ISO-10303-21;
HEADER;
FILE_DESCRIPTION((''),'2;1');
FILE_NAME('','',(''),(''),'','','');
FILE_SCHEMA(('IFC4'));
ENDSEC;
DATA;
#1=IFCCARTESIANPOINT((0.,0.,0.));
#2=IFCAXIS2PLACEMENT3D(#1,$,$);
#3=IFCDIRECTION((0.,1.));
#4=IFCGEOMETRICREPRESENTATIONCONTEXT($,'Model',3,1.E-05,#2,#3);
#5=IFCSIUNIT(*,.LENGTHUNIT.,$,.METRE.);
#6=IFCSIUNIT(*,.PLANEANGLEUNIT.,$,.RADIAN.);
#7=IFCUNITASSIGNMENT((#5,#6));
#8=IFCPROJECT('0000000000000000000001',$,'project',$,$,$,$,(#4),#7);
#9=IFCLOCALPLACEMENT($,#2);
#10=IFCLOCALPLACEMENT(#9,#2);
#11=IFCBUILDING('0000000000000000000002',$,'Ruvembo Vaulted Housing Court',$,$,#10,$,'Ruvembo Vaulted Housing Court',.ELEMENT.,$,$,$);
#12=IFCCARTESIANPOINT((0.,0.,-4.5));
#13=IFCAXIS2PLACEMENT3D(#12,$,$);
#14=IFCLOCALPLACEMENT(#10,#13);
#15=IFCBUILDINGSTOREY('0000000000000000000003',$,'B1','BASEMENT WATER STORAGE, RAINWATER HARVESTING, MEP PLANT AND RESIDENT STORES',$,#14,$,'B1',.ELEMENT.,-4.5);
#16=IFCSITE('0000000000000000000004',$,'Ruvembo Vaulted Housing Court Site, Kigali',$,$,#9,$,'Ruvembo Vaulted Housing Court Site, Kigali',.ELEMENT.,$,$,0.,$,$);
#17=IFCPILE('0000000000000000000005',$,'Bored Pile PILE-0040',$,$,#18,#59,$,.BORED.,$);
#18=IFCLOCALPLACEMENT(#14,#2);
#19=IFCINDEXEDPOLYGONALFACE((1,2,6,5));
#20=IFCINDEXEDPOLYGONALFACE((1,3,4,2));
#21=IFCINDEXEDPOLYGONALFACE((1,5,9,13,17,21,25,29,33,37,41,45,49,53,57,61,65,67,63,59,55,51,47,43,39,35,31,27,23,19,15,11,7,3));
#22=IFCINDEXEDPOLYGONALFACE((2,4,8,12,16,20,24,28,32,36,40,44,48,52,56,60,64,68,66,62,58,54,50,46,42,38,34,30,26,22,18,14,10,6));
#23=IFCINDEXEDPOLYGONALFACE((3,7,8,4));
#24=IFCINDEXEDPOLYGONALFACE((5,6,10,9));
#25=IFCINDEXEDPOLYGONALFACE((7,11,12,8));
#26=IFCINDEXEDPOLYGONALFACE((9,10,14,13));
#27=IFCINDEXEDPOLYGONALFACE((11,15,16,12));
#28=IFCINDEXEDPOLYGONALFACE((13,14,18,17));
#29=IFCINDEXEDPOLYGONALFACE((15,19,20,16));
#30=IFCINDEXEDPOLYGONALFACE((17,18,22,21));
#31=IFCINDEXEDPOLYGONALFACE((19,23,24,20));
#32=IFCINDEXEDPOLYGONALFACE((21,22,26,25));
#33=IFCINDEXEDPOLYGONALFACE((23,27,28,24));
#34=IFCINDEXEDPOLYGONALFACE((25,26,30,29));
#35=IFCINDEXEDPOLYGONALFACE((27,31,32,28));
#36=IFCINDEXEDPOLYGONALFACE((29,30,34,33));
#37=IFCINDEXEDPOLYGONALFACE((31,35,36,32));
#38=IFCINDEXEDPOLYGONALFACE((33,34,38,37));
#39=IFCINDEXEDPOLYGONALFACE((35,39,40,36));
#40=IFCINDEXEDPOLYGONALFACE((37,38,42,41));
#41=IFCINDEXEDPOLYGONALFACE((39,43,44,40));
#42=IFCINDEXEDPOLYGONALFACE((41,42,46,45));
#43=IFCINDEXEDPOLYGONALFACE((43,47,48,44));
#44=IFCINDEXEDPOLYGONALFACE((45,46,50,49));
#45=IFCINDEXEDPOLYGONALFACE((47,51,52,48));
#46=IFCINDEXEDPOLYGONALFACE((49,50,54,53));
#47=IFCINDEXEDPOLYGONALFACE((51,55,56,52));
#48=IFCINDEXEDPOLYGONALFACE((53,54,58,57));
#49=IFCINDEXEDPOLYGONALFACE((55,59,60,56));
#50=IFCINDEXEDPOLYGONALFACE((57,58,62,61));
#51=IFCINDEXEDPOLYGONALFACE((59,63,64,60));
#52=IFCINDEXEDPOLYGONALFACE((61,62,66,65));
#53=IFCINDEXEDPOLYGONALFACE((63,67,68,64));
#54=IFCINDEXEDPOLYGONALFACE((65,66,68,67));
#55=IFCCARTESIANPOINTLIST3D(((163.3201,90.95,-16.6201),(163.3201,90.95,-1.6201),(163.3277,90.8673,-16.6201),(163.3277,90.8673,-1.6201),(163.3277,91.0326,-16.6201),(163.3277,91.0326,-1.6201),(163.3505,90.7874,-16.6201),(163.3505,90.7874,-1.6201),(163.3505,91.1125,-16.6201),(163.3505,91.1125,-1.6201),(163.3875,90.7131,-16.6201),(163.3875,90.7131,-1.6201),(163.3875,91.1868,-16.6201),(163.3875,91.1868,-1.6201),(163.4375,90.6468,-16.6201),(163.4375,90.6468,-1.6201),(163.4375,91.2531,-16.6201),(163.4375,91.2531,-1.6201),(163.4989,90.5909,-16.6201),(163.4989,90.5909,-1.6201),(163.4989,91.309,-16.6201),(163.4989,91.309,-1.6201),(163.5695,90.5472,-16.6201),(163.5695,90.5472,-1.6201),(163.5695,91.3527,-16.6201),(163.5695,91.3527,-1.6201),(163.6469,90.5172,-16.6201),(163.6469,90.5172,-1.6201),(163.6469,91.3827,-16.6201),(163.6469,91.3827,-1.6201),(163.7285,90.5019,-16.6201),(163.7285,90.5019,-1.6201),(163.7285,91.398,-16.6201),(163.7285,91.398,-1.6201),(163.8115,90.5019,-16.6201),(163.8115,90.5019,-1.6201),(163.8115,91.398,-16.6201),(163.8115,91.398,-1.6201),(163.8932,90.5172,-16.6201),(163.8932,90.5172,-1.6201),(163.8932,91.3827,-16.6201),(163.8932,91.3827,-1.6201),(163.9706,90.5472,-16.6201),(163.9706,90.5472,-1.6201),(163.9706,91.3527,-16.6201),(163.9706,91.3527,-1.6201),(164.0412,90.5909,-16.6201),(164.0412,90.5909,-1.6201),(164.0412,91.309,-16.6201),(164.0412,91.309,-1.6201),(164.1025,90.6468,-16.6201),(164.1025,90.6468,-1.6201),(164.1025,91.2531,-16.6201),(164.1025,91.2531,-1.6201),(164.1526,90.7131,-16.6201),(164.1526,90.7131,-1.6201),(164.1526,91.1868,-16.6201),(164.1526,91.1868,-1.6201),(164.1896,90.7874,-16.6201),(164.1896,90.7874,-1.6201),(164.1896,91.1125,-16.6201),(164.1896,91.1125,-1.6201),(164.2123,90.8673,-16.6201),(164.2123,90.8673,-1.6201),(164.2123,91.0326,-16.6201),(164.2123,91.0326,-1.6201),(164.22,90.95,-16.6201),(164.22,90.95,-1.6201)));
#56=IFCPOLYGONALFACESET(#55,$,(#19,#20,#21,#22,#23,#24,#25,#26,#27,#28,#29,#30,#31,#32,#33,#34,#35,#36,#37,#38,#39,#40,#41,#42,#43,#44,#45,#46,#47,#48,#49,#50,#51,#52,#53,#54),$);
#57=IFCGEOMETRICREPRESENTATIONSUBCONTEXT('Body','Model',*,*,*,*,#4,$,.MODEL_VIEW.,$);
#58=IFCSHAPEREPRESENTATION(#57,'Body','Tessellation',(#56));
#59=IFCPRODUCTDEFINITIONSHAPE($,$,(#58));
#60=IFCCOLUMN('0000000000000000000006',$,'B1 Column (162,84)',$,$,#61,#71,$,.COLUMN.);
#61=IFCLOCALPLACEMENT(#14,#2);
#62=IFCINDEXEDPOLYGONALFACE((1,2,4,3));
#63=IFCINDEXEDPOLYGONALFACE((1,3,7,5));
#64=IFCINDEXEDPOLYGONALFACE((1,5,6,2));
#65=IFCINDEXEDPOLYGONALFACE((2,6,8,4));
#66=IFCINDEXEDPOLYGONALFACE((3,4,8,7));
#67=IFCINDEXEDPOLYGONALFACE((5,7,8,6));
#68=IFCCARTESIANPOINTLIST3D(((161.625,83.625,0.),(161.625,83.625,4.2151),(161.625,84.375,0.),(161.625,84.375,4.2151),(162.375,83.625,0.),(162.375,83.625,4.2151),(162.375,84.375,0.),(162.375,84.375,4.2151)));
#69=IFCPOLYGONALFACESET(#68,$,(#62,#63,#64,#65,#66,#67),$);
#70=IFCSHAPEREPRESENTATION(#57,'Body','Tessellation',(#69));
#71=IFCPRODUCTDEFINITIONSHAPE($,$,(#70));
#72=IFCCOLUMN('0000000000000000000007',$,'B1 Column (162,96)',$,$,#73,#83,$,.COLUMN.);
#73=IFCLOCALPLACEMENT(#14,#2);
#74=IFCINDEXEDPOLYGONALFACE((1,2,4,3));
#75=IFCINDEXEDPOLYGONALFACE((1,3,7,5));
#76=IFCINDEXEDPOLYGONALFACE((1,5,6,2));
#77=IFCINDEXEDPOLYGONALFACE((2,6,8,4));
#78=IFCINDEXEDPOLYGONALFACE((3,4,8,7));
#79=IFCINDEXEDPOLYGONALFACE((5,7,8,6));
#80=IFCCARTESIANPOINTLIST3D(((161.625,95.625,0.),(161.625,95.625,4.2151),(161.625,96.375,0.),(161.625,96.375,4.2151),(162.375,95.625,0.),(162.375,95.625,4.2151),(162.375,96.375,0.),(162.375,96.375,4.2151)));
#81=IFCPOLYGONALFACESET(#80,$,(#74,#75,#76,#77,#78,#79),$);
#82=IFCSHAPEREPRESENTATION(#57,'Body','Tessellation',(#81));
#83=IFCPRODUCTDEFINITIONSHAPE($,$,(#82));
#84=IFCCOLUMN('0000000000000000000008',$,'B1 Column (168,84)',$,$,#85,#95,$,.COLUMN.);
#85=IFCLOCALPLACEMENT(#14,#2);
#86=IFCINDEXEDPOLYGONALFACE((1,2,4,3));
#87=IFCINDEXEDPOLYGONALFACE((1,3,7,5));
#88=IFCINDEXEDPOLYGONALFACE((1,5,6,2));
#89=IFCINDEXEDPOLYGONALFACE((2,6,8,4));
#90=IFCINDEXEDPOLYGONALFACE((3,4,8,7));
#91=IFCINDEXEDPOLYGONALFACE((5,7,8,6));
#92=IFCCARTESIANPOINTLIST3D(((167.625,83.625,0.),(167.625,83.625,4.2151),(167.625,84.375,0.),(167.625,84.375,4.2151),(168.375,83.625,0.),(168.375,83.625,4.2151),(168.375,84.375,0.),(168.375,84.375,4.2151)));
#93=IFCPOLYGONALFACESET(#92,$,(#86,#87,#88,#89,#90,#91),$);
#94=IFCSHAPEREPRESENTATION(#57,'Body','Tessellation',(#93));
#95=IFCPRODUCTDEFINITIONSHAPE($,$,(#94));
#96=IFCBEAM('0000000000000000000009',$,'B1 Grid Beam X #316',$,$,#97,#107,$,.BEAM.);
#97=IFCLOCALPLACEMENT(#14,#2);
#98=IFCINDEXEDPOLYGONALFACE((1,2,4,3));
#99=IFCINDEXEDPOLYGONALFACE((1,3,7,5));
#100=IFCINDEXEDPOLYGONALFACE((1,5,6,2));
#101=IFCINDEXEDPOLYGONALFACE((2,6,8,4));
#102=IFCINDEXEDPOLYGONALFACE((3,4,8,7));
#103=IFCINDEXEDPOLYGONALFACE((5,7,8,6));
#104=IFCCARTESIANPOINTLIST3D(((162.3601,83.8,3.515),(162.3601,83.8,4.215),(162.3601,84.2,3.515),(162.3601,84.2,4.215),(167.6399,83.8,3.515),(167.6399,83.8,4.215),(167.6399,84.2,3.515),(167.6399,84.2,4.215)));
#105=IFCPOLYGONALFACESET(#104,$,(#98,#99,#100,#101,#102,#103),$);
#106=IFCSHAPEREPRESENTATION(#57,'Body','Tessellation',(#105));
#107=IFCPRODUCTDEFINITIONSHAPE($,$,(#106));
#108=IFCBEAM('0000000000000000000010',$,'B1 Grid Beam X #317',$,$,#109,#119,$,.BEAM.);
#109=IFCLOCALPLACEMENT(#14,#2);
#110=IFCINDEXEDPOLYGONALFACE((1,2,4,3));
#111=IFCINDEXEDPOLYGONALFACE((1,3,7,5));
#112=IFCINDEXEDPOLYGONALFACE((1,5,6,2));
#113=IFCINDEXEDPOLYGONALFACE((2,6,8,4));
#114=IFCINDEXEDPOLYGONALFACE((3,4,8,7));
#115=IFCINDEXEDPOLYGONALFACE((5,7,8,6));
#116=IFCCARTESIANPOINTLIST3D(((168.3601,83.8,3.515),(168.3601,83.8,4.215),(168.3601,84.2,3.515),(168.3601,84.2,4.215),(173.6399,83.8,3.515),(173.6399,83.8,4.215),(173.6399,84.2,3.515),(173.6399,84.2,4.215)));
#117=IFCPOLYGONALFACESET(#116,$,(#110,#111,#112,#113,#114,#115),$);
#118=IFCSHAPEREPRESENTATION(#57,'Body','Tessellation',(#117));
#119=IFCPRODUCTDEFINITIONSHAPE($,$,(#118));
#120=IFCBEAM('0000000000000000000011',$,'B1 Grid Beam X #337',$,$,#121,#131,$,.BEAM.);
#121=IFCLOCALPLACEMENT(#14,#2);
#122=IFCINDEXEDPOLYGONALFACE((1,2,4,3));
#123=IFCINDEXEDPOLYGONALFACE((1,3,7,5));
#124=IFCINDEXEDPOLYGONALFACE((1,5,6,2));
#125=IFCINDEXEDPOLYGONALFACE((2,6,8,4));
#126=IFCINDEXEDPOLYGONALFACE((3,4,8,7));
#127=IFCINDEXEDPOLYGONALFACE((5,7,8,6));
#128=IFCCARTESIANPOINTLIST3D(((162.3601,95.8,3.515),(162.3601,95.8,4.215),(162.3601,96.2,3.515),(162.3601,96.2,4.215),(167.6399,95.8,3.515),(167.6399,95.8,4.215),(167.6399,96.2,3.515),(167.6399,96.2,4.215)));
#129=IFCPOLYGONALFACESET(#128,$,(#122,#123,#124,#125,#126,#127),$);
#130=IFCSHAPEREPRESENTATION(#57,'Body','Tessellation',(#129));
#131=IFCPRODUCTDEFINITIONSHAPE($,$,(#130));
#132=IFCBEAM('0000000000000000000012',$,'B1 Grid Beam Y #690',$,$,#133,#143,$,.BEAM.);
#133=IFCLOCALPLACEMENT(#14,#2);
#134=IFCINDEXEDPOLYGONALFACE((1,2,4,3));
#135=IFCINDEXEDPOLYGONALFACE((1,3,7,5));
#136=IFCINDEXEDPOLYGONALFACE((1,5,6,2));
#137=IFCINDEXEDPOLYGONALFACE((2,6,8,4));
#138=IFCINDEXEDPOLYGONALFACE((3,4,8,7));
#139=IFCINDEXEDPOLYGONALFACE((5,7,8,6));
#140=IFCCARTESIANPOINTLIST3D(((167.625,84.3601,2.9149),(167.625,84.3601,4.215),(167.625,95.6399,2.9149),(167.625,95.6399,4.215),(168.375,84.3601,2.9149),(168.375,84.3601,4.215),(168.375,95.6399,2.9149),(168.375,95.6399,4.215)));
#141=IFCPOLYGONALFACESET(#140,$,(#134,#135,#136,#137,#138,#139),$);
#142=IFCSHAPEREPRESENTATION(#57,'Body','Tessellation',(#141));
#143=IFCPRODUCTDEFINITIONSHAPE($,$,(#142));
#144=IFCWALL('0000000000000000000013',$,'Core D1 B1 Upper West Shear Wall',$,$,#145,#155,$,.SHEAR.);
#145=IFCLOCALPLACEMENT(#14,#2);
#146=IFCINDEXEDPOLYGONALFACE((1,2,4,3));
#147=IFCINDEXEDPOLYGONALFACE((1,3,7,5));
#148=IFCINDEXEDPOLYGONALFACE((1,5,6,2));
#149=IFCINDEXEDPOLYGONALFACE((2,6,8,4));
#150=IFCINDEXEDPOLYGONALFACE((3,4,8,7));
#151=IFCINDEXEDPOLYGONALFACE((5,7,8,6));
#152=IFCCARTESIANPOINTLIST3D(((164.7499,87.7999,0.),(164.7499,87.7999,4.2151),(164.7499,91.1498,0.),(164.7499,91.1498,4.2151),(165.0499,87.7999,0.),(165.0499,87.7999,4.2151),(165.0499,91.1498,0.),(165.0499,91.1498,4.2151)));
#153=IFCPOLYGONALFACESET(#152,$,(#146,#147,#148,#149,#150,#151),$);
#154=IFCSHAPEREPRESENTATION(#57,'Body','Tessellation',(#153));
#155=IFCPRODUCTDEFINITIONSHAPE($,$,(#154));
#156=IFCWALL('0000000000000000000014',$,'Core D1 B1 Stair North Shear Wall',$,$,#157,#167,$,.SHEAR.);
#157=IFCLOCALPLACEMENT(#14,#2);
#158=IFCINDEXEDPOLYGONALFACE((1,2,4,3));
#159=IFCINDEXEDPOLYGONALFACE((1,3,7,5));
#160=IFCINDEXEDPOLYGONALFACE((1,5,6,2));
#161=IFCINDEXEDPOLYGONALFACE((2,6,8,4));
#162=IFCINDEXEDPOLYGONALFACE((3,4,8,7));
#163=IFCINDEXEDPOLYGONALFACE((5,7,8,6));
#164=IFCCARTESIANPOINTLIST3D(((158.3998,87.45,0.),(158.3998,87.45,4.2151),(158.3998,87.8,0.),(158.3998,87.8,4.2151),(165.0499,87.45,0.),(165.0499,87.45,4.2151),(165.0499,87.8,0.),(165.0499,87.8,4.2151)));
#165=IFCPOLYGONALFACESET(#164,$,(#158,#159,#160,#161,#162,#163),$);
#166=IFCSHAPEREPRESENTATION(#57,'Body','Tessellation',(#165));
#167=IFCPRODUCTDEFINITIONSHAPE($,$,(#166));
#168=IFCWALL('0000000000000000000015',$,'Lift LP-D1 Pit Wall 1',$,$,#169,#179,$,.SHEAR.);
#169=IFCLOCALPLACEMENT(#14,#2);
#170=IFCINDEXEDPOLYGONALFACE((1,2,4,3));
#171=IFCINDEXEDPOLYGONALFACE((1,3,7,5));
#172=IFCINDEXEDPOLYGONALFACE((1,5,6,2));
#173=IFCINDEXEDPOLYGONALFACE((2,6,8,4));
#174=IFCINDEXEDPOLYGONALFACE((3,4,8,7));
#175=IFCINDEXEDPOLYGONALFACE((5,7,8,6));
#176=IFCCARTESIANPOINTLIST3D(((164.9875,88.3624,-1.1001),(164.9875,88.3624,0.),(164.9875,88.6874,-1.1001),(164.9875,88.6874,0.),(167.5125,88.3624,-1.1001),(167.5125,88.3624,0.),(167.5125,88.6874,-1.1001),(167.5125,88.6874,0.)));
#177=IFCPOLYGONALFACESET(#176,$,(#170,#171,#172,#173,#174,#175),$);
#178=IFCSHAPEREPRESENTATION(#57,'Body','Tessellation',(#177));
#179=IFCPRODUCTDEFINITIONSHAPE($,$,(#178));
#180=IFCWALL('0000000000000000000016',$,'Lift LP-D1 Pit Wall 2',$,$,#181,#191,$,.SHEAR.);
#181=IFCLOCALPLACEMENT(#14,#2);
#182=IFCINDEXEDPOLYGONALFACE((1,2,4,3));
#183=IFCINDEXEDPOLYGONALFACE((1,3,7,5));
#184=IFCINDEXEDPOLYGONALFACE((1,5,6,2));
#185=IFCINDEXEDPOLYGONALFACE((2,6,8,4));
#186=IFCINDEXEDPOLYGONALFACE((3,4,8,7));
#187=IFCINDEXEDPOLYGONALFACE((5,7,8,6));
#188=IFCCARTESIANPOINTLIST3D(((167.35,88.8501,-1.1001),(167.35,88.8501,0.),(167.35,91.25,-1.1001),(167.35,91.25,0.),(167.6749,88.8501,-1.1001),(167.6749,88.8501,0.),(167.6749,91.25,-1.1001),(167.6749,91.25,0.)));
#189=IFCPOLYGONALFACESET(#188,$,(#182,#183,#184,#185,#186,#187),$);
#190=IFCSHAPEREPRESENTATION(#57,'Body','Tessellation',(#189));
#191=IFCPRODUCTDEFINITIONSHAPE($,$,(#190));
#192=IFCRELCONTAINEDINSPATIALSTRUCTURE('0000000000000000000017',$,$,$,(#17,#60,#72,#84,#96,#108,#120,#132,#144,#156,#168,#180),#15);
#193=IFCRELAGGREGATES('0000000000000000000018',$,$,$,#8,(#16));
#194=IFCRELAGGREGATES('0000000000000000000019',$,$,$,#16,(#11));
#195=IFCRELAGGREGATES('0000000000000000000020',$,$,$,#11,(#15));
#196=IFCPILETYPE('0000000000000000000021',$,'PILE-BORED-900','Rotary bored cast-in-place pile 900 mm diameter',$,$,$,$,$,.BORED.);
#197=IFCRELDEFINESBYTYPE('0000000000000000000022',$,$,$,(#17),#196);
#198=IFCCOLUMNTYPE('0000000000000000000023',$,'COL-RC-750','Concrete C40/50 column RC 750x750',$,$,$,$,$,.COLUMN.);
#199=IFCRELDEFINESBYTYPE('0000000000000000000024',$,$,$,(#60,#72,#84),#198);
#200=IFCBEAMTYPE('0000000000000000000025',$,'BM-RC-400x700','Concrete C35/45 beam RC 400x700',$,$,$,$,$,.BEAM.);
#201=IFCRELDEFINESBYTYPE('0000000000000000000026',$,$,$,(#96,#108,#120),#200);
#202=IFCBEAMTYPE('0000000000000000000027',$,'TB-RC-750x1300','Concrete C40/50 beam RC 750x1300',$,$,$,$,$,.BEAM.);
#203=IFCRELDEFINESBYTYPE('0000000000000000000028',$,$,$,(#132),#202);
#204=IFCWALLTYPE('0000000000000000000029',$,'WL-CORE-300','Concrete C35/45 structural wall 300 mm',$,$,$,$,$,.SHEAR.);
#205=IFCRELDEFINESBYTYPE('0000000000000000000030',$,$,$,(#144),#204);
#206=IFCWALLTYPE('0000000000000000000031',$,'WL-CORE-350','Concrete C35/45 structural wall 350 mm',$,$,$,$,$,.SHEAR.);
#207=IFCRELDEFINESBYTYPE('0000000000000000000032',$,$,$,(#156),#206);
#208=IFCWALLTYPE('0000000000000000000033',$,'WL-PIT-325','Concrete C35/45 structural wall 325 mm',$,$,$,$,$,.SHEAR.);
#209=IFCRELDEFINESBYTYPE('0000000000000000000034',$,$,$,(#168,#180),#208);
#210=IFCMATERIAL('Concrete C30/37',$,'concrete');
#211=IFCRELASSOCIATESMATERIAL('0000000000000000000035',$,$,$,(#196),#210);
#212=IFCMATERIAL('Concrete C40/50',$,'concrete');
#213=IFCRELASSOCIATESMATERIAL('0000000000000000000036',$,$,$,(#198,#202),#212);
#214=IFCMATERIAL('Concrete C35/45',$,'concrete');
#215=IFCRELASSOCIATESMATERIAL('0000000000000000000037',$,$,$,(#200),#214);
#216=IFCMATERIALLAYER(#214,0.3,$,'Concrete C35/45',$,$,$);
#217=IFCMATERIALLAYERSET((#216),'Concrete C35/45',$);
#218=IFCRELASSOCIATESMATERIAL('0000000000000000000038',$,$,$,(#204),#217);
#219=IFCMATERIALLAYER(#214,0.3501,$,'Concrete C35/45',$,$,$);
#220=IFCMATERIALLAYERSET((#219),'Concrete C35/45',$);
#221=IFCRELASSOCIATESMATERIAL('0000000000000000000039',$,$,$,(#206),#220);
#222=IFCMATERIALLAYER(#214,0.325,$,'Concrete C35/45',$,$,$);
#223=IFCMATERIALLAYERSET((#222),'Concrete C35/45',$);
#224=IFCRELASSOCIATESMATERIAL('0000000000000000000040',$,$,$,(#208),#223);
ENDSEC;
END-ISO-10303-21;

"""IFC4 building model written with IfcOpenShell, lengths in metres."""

from ifc_helpers import new_model, si_unit, direction, frame, frame_2d, origin, origin_2d, place, context, subcontext, project, spatial, rectangle, circle, extrude, material, layer, layer_set, material_profile, profile_set, type_object, element, save


model = new_model("IFC4")

# Units and contexts
model_context = context("Model", 3, precision=1e-05, world=origin(), true_north=direction((0.0, 1.0)))
body_context = subcontext(model_context, "Body", "Model", "MODEL_VIEW")
ifc_project = project(units=[si_unit("LENGTHUNIT", "METRE"), si_unit("PLANEANGLEUNIT", "RADIAN")], contexts=[model_context])

# Site, building, storey
site_placement = place(None, origin())
site = spatial("IfcSite", under=ifc_project, at=site_placement, Name="Ruvembo Vaulted Housing Court Site, Kigali", LongName="Ruvembo Vaulted Housing Court Site, Kigali", CompositionType="ELEMENT", RefElevation=0.0)
building_placement = place(site_placement, origin())
building = spatial("IfcBuilding", under=site, at=building_placement, Name="Ruvembo Vaulted Housing Court", LongName="Ruvembo Vaulted Housing Court", CompositionType="ELEMENT")
storey_placement = place(building_placement, frame((0.0, 0.0, -4.5)))
storey = spatial("IfcBuildingStorey", under=building, at=storey_placement, Name="B1", Description="BASEMENT WATER STORAGE, RAINWATER HARVESTING, MEP PLANT AND RESIDENT STORES", LongName="B1", CompositionType="ELEMENT", Elevation=-4.5)

# Shared definitions
ifc_material_1 = material(Name="Concrete C35/45", Category="concrete")

# Pile
ifc_material_2 = material(Name="Concrete C30/37", Category="concrete")
ifc_material_profile_1 = material_profile(ifc_material_2, circle(Radius=0.45, at=origin_2d()), Name="PILE D900")
ifc_profile_set_1 = profile_set([ifc_material_profile_1], Name="Concrete C30/37")
pile_type_1 = type_object("IfcPileType", Name="PILE-BORED-900", Description="Rotary bored cast-in-place pile 900 mm diameter", PredefinedType="BORED", material=ifc_profile_set_1)
for number, where, z_axis, x_axis, name in (
    (1, (163.77, 90.95, -1.6201), (0.0, 0.0, -1.0), (1.0, 0.0, 0.0), "Bored Pile PILE-0040"),
):
    element("IfcPile", number, at=place(storey_placement, frame(where, z_axis=z_axis, x_axis=x_axis)), inside=storey, type_object=pile_type_1, Name=name, PredefinedType="BORED", context=body_context, shape_type="SweptSolid", body=[
        extrude(circle(Radius=0.45, at=origin_2d()), origin(), (0.0, 0.0, 1.0), 15.0),
    ])

# Columns
ifc_material_3 = material(Name="Concrete C40/50", Category="concrete")
ifc_material_profile_2 = material_profile(ifc_material_3, rectangle(XDim=0.75, YDim=0.75, at=origin_2d()), Name="RC 750x750")
ifc_profile_set_2 = profile_set([ifc_material_profile_2], Name="Concrete C40/50")
column_type = type_object("IfcColumnType", Name="COL-RC-750", Description="Concrete C40/50 column RC 750x750", PredefinedType="COLUMN", material=ifc_profile_set_2)
for number, where, z_axis, x_axis, name in (
    (2, (162.0, 84.0, 0.0), (0.0, 0.0, 1.0), (1.0, 0.0, 0.0), "B1 Column (162,84)"),
    (3, (162.0, 96.0, 0.0), (0.0, 0.0, 1.0), (1.0, 0.0, 0.0), "B1 Column (162,96)"),
    (4, (168.0, 84.0, 0.0), (0.0, 0.0, 1.0), (1.0, 0.0, 0.0), "B1 Column (168,84)"),
):
    element("IfcColumn", number, at=place(storey_placement, frame(where, z_axis=z_axis, x_axis=x_axis)), inside=storey, type_object=column_type, Name=name, PredefinedType="COLUMN", context=body_context, shape_type="SweptSolid", body=[
        extrude(rectangle(XDim=0.75, YDim=0.75, at=origin_2d()), origin(), (0.0, 0.0, 1.0), 4.2151),
    ])

# Beams
ifc_material_profile_3 = material_profile(ifc_material_1, rectangle(XDim=0.3999, YDim=0.7, at=origin_2d()), Name="RC 400x700")
ifc_profile_set_3 = profile_set([ifc_material_profile_3], Name="Concrete C35/45")
beam_type_1 = type_object("IfcBeamType", Name="BM-RC-400x700", Description="Concrete C35/45 beam RC 400x700", PredefinedType="BEAM", material=ifc_profile_set_3)
for number, where, z_axis, x_axis, name in (
    (5, (162.3601, 84.0, 3.865), (1.0, 0.0, 0.0), (0.0, 1.0, 0.0), "B1 Grid Beam X #316"),
    (6, (168.3601, 84.0, 3.865), (1.0, 0.0, 0.0), (0.0, 1.0, 0.0), "B1 Grid Beam X #317"),
    (7, (162.3601, 96.0, 3.865), (1.0, 0.0, 0.0), (0.0, 1.0, 0.0), "B1 Grid Beam X #337"),
):
    element("IfcBeam", number, at=place(storey_placement, frame(where, z_axis=z_axis, x_axis=x_axis)), inside=storey, type_object=beam_type_1, Name=name, PredefinedType="BEAM", context=body_context, shape_type="SweptSolid", body=[
        extrude(rectangle(XDim=0.3999, YDim=0.7, at=origin_2d()), origin(), (0.0, 0.0, 1.0), 5.2798),
    ])
ifc_material_profile_4 = material_profile(ifc_material_3, rectangle(XDim=0.75, YDim=1.3, at=origin_2d()), Name="RC 750x1300")
ifc_profile_set_4 = profile_set([ifc_material_profile_4], Name="Concrete C40/50")
beam_type_2 = type_object("IfcBeamType", Name="TB-RC-750x1300", Description="Concrete C40/50 beam RC 750x1300", PredefinedType="BEAM", material=ifc_profile_set_4)
beam_placement = place(storey_placement, frame((168.0, 84.3601, 3.5649), z_axis=(0.0, 1.0, 0.0), x_axis=(-1.0, 0.0, 0.0)))
element("IfcBeam", 8, at=beam_placement, inside=storey, type_object=beam_type_2, Name="B1 Grid Beam Y #690", PredefinedType="BEAM", context=body_context, shape_type="SweptSolid", body=[
    extrude(rectangle(XDim=0.75, YDim=1.3, at=origin_2d()), origin(), (0.0, 0.0, 1.0), 11.2798),
])

# Shared definitions
ifc_layer_1 = layer(ifc_material_1, 0.3, Name="Concrete C35/45")
ifc_layer_set_1 = layer_set([ifc_layer_1], Name="Concrete C35/45")
wall_type_1 = type_object("IfcWallType", Name="WL-CORE-300", Description="Concrete C35/45 structural wall 300 mm", PredefinedType="SHEAR", material=ifc_layer_set_1)

# Walls
wall_1_placement = place(storey_placement, frame((164.8999, 87.8, 0.0), z_axis=(0.0, 0.0, 1.0), x_axis=(0.0, 1.0, 0.0)))
element("IfcWall", 9, at=wall_1_placement, inside=storey, type_object=wall_type_1, Name="Core D1 B1 Upper West Shear Wall", PredefinedType="SHEAR", context=body_context, shape_type="SweptSolid", body=[
    extrude(rectangle(XDim=3.3499, YDim=0.3, at=frame_2d((1.6748, 0.0))), origin(), (0.0, 0.0, 1.0), 4.2151),
])
ifc_layer_2 = layer(ifc_material_1, 0.3501, Name="Concrete C35/45")
ifc_layer_set_2 = layer_set([ifc_layer_2], Name="Concrete C35/45")
wall_type_2 = type_object("IfcWallType", Name="WL-CORE-350", Description="Concrete C35/45 structural wall 350 mm", PredefinedType="SHEAR", material=ifc_layer_set_2)
wall_2_placement = place(storey_placement, frame((165.05, 87.625, 0.0), z_axis=(0.0, 0.0, 1.0), x_axis=(-1.0, 0.0, 0.0)))
element("IfcWall", 10, at=wall_2_placement, inside=storey, type_object=wall_type_2, Name="Core D1 B1 Stair North Shear Wall", PredefinedType="SHEAR", context=body_context, shape_type="SweptSolid", body=[
    extrude(rectangle(XDim=6.6501, YDim=0.3501, at=frame_2d((3.3252, 0.0))), origin(), (0.0, 0.0, 1.0), 4.2151),
])
ifc_layer_3 = layer(ifc_material_1, 0.325, Name="Concrete C35/45")
ifc_layer_set_3 = layer_set([ifc_layer_3], Name="Concrete C35/45")
wall_type_3 = type_object("IfcWallType", Name="WL-PIT-325", Description="Concrete C35/45 structural wall 325 mm", PredefinedType="SHEAR", material=ifc_layer_set_3)
wall_3_placement = place(storey_placement, frame((164.9875, 88.5249, -1.1001), z_axis=(0.0, 0.0, 1.0), x_axis=(1.0, 0.0, 0.0)))
element("IfcWall", 11, at=wall_3_placement, inside=storey, type_object=wall_type_3, Name="Lift LP-D1 Pit Wall 1", PredefinedType="SHEAR", context=body_context, shape_type="SweptSolid", body=[
    extrude(rectangle(XDim=2.5249, YDim=0.325, at=frame_2d((1.2625, 0.0))), origin(), (0.0, 0.0, 1.0), 1.1001),
])
wall_4_placement = place(storey_placement, frame((167.5125, 88.8501, -1.1001), z_axis=(0.0, 0.0, 1.0), x_axis=(0.0, 1.0, 0.0)))
element("IfcWall", 12, at=wall_4_placement, inside=storey, type_object=wall_type_3, Name="Lift LP-D1 Pit Wall 2", PredefinedType="SHEAR", context=body_context, shape_type="SweptSolid", body=[
    extrude(rectangle(XDim=2.3999, YDim=0.325, at=frame_2d((1.2, 0.0))), origin(), (0.0, 0.0, 1.0), 1.1001),
])

save(model, "model.ifc")
